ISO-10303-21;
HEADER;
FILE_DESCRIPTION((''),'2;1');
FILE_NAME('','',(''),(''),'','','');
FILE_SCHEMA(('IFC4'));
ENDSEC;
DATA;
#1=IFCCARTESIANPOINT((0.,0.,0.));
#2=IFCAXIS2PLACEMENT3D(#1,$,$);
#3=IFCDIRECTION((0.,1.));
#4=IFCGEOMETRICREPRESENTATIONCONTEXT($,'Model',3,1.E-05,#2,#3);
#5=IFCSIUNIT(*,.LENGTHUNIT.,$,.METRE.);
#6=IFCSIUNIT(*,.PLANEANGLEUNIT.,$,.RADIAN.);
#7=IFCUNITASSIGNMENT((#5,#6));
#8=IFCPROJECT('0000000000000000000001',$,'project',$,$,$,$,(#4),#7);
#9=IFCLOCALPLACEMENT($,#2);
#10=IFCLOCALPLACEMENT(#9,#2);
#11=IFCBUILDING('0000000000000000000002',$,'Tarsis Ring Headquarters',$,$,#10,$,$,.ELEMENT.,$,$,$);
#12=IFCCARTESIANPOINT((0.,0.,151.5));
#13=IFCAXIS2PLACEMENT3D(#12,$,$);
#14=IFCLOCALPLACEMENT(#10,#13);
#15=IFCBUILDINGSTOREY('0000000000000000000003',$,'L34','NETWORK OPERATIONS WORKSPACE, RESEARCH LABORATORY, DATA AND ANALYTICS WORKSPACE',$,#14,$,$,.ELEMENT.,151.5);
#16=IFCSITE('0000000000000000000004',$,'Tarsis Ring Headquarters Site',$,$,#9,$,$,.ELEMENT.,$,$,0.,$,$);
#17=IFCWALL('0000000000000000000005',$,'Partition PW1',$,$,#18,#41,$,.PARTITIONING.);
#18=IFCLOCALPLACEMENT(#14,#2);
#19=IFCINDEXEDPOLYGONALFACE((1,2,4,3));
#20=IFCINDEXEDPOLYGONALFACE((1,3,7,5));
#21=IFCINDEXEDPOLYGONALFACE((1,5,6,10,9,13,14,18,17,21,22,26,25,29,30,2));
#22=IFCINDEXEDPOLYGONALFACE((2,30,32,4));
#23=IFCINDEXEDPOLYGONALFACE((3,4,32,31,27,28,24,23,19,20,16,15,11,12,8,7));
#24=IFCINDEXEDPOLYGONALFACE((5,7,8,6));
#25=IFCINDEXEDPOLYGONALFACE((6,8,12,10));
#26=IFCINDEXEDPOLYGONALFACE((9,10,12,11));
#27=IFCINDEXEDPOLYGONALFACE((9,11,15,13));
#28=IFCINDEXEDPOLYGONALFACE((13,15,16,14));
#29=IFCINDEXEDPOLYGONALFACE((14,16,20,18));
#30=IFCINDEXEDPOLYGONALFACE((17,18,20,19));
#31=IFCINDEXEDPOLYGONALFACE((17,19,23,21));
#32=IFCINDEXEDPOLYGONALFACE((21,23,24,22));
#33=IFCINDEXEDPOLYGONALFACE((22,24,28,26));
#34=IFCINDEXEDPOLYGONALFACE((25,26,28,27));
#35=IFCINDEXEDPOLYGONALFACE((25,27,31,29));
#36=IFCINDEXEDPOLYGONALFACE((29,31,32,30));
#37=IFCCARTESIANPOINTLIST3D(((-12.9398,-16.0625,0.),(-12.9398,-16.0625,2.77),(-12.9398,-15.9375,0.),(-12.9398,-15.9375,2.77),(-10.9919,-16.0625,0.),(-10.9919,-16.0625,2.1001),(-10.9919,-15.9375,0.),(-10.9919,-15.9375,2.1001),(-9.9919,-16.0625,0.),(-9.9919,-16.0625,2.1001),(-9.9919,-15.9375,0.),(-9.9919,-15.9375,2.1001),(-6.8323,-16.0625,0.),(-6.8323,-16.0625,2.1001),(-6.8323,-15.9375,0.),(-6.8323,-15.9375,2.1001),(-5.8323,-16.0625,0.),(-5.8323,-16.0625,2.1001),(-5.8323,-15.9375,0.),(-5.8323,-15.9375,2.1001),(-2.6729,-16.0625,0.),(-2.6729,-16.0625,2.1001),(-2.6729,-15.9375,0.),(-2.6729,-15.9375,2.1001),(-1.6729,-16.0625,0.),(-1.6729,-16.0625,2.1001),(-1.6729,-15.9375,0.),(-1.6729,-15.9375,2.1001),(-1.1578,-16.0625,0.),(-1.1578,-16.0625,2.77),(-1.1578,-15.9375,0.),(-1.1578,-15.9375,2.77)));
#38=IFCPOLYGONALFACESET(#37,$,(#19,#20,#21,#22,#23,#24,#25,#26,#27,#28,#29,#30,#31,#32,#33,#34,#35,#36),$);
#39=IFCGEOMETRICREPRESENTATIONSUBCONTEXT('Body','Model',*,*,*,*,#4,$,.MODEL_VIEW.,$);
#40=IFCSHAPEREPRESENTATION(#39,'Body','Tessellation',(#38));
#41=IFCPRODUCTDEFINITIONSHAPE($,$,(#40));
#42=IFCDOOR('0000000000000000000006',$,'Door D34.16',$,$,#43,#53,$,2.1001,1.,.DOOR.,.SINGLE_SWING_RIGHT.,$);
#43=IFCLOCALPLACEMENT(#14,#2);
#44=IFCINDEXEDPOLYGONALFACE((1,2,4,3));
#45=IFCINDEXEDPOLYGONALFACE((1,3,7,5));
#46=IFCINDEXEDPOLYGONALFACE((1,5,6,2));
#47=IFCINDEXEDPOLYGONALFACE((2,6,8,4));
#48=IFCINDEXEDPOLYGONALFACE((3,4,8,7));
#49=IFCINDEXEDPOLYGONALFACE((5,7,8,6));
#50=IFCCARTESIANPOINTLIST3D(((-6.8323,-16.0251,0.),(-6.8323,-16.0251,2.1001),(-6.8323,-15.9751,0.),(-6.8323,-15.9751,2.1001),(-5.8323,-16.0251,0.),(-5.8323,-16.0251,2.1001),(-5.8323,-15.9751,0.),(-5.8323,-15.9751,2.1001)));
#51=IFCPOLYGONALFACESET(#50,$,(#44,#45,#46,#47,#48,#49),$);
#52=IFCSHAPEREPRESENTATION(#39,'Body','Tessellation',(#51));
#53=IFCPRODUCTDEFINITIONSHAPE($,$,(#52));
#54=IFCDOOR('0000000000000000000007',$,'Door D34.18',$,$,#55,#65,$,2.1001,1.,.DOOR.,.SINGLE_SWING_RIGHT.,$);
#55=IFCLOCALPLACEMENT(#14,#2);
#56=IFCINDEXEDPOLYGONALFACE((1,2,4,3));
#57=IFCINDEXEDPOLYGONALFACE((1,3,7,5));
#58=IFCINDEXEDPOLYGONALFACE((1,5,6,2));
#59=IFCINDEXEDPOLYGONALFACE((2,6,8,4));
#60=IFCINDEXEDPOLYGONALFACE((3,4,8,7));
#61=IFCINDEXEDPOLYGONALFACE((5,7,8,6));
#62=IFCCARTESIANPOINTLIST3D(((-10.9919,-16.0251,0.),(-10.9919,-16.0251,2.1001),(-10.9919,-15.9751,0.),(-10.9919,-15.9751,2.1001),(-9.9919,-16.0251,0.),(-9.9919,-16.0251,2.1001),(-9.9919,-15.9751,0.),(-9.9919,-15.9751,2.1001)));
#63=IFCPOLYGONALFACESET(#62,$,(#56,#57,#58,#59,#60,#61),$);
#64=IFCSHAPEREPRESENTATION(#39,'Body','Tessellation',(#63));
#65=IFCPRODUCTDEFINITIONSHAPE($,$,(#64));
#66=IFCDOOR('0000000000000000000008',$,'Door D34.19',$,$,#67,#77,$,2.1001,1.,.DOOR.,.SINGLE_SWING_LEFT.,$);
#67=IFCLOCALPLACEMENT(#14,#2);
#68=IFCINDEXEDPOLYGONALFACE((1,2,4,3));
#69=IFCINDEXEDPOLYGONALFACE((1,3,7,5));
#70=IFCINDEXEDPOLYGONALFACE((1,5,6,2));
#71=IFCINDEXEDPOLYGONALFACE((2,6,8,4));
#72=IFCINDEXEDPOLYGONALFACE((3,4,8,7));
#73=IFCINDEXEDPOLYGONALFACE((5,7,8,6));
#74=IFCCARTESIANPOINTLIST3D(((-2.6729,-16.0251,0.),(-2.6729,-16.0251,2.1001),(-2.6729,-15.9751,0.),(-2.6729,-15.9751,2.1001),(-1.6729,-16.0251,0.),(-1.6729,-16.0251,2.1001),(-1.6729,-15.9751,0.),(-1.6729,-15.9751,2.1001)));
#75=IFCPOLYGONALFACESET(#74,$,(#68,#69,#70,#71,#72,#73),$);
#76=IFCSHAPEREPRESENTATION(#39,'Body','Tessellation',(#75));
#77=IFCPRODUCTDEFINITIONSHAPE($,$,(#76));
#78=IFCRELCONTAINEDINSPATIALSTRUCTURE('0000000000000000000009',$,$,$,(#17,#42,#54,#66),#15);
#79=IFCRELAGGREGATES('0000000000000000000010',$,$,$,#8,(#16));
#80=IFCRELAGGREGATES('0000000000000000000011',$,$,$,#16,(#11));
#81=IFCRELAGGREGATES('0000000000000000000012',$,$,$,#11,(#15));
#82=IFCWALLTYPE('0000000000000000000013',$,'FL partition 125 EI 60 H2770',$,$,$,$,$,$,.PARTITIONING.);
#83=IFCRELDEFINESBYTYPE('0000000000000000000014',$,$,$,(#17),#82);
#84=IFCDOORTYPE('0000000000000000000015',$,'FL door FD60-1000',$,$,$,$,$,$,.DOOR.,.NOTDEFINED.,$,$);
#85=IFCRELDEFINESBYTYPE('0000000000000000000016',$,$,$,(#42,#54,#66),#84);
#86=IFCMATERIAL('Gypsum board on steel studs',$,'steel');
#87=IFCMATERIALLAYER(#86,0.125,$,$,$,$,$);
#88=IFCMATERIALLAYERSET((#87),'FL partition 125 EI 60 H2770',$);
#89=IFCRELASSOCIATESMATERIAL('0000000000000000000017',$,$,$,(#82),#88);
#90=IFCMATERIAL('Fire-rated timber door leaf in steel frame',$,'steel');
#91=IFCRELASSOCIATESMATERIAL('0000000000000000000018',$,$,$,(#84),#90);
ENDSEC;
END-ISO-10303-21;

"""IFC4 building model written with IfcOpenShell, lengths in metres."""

from ifc_helpers import new_model, si_unit, direction, frame, frame_2d, origin, place, context, subcontext, project, spatial, rectangle, extrude, material, layer, layer_set, type_object, element, fill, save


model = new_model("IFC4")

# Units and contexts
model_context = context("Model", 3, precision=1e-05, world=origin(), true_north=direction((0.0, 1.0)))
body_context = subcontext(model_context, "Body", "Model", "MODEL_VIEW")
ifc_project = project(units=[si_unit("LENGTHUNIT", "METRE"), si_unit("PLANEANGLEUNIT", "RADIAN")], contexts=[model_context])

# Site, building, storey
site_placement = place(None, origin())
site = spatial("IfcSite", under=ifc_project, at=site_placement, Name="Tarsis Ring Headquarters Site", CompositionType="ELEMENT", RefElevation=0.0)
building_placement = place(site_placement, origin())
building = spatial("IfcBuilding", under=site, at=building_placement, Name="Tarsis Ring Headquarters", CompositionType="ELEMENT")
storey_placement = place(building_placement, frame((0.0, 0.0, 151.5)))
storey = spatial("IfcBuildingStorey", under=building, at=storey_placement, Name="L34", Description="NETWORK OPERATIONS WORKSPACE, RESEARCH LABORATORY, DATA AND ANALYTICS WORKSPACE", CompositionType="ELEMENT", Elevation=151.5)

# Shared definitions
ifc_material_1 = material(Name="Gypsum board on steel studs", Category="steel")

# Wall, openings, doors
ifc_layer_1 = layer(ifc_material_1, 0.125)
ifc_layer_set_1 = layer_set([ifc_layer_1], Name="FL partition 125 EI 60 H2770")
wall_type_1 = type_object("IfcWallType", Name="FL partition 125 EI 60 H2770", PredefinedType="PARTITIONING", material=ifc_layer_set_1)
wall_1_placement = place(storey_placement, frame((-12.9399, -16.0, 0.0), z_axis=(0.0, 0.0, 1.0), x_axis=(1.0, 0.0, 0.0)))
wall_1 = element("IfcWall", 1, at=wall_1_placement, inside=storey, type_object=wall_type_1, Name="Partition PW1", PredefinedType="PARTITIONING", context=body_context, shape_type="SweptSolid", body=[
    extrude(rectangle(XDim=11.782, YDim=0.125, at=frame_2d((5.8911, 0.0))), origin(), (0.0, 0.0, 1.0), 2.77),
])
opening_1_placement = place(wall_1_placement, frame((6.1077, 0.0, 0.0)))
opening_1 = element("IfcOpeningElement", 2, at=opening_1_placement, cuts=wall_1, PredefinedType="OPENING", context=body_context, shape_type="SweptSolid", body=[
    extrude(rectangle(XDim=1.0, YDim=2.1001, at=frame_2d((0.5, 1.05))), frame((0.0, 0.0725, 0.0), z_axis=(0.0, -1.0, 0.0), x_axis=(1.0, 0.0, 0.0)), (0.0, 0.0, 1.0), 0.145),
])
opening_2_placement = place(wall_1_placement, frame((1.948, 0.0, 0.0)))
opening_2 = element("IfcOpeningElement", 3, at=opening_2_placement, cuts=wall_1, PredefinedType="OPENING", context=body_context, shape_type="SweptSolid", body=[
    extrude(rectangle(XDim=1.0, YDim=2.1001, at=frame_2d((0.5, 1.05))), frame((0.0, 0.0725, 0.0), z_axis=(0.0, -1.0, 0.0), x_axis=(1.0, 0.0, 0.0)), (0.0, 0.0, 1.0), 0.145),
])
opening_3_placement = place(wall_1_placement, frame((10.2671, 0.0, 0.0)))
opening_3 = element("IfcOpeningElement", 4, at=opening_3_placement, cuts=wall_1, PredefinedType="OPENING", context=body_context, shape_type="SweptSolid", body=[
    extrude(rectangle(XDim=1.0, YDim=2.1001, at=frame_2d((0.5, 1.05))), frame((0.0, 0.0725, 0.0), z_axis=(0.0, -1.0, 0.0), x_axis=(1.0, 0.0, 0.0)), (0.0, 0.0, 1.0), 0.145),
])
ifc_material_2 = material(Name="Fire-rated timber door leaf in steel frame", Category="steel")
door_type_1 = type_object("IfcDoorType", Name="FL door FD60-1000", OperationType="NOTDEFINED", PredefinedType="DOOR", material=ifc_material_2)
door_1_placement = place(opening_1_placement, origin())
door_1 = element("IfcDoor", 5, at=door_1_placement, inside=storey, type_object=door_type_1, Name="Door D34.16", OperationType="SINGLE_SWING_RIGHT", OverallHeight=2.1001, OverallWidth=1.0, PredefinedType="DOOR", context=body_context, shape_type="SweptSolid", body=[
    extrude(rectangle(XDim=1.0, YDim=2.1001, at=frame_2d((0.5, 1.05))), frame((0.0, 0.0249, 0.0), z_axis=(0.0, -1.0, 0.0), x_axis=(1.0, 0.0, 0.0)), (0.0, 0.0, 1.0), 0.05),
])
fill(opening_1, door_1)
door_2_placement = place(opening_2_placement, origin())
door_2 = element("IfcDoor", 6, at=door_2_placement, inside=storey, type_object=door_type_1, Name="Door D34.18", OperationType="SINGLE_SWING_RIGHT", OverallHeight=2.1001, OverallWidth=1.0, PredefinedType="DOOR", context=body_context, shape_type="SweptSolid", body=[
    extrude(rectangle(XDim=1.0, YDim=2.1001, at=frame_2d((0.5, 1.05))), frame((0.0, 0.0249, 0.0), z_axis=(0.0, -1.0, 0.0), x_axis=(1.0, 0.0, 0.0)), (0.0, 0.0, 1.0), 0.05),
])
fill(opening_2, door_2)
door_3_placement = place(opening_3_placement, origin())
door_3 = element("IfcDoor", 7, at=door_3_placement, inside=storey, type_object=door_type_1, Name="Door D34.19", OperationType="SINGLE_SWING_LEFT", OverallHeight=2.1001, OverallWidth=1.0, PredefinedType="DOOR", context=body_context, shape_type="SweptSolid", body=[
    extrude(rectangle(XDim=1.0, YDim=2.1001, at=frame_2d((0.5, 1.05))), frame((0.0, 0.0249, 0.0), z_axis=(0.0, -1.0, 0.0), x_axis=(1.0, 0.0, 0.0)), (0.0, 0.0, 1.0), 0.05),
])
fill(opening_3, door_3)

save(model, "model.ifc")
